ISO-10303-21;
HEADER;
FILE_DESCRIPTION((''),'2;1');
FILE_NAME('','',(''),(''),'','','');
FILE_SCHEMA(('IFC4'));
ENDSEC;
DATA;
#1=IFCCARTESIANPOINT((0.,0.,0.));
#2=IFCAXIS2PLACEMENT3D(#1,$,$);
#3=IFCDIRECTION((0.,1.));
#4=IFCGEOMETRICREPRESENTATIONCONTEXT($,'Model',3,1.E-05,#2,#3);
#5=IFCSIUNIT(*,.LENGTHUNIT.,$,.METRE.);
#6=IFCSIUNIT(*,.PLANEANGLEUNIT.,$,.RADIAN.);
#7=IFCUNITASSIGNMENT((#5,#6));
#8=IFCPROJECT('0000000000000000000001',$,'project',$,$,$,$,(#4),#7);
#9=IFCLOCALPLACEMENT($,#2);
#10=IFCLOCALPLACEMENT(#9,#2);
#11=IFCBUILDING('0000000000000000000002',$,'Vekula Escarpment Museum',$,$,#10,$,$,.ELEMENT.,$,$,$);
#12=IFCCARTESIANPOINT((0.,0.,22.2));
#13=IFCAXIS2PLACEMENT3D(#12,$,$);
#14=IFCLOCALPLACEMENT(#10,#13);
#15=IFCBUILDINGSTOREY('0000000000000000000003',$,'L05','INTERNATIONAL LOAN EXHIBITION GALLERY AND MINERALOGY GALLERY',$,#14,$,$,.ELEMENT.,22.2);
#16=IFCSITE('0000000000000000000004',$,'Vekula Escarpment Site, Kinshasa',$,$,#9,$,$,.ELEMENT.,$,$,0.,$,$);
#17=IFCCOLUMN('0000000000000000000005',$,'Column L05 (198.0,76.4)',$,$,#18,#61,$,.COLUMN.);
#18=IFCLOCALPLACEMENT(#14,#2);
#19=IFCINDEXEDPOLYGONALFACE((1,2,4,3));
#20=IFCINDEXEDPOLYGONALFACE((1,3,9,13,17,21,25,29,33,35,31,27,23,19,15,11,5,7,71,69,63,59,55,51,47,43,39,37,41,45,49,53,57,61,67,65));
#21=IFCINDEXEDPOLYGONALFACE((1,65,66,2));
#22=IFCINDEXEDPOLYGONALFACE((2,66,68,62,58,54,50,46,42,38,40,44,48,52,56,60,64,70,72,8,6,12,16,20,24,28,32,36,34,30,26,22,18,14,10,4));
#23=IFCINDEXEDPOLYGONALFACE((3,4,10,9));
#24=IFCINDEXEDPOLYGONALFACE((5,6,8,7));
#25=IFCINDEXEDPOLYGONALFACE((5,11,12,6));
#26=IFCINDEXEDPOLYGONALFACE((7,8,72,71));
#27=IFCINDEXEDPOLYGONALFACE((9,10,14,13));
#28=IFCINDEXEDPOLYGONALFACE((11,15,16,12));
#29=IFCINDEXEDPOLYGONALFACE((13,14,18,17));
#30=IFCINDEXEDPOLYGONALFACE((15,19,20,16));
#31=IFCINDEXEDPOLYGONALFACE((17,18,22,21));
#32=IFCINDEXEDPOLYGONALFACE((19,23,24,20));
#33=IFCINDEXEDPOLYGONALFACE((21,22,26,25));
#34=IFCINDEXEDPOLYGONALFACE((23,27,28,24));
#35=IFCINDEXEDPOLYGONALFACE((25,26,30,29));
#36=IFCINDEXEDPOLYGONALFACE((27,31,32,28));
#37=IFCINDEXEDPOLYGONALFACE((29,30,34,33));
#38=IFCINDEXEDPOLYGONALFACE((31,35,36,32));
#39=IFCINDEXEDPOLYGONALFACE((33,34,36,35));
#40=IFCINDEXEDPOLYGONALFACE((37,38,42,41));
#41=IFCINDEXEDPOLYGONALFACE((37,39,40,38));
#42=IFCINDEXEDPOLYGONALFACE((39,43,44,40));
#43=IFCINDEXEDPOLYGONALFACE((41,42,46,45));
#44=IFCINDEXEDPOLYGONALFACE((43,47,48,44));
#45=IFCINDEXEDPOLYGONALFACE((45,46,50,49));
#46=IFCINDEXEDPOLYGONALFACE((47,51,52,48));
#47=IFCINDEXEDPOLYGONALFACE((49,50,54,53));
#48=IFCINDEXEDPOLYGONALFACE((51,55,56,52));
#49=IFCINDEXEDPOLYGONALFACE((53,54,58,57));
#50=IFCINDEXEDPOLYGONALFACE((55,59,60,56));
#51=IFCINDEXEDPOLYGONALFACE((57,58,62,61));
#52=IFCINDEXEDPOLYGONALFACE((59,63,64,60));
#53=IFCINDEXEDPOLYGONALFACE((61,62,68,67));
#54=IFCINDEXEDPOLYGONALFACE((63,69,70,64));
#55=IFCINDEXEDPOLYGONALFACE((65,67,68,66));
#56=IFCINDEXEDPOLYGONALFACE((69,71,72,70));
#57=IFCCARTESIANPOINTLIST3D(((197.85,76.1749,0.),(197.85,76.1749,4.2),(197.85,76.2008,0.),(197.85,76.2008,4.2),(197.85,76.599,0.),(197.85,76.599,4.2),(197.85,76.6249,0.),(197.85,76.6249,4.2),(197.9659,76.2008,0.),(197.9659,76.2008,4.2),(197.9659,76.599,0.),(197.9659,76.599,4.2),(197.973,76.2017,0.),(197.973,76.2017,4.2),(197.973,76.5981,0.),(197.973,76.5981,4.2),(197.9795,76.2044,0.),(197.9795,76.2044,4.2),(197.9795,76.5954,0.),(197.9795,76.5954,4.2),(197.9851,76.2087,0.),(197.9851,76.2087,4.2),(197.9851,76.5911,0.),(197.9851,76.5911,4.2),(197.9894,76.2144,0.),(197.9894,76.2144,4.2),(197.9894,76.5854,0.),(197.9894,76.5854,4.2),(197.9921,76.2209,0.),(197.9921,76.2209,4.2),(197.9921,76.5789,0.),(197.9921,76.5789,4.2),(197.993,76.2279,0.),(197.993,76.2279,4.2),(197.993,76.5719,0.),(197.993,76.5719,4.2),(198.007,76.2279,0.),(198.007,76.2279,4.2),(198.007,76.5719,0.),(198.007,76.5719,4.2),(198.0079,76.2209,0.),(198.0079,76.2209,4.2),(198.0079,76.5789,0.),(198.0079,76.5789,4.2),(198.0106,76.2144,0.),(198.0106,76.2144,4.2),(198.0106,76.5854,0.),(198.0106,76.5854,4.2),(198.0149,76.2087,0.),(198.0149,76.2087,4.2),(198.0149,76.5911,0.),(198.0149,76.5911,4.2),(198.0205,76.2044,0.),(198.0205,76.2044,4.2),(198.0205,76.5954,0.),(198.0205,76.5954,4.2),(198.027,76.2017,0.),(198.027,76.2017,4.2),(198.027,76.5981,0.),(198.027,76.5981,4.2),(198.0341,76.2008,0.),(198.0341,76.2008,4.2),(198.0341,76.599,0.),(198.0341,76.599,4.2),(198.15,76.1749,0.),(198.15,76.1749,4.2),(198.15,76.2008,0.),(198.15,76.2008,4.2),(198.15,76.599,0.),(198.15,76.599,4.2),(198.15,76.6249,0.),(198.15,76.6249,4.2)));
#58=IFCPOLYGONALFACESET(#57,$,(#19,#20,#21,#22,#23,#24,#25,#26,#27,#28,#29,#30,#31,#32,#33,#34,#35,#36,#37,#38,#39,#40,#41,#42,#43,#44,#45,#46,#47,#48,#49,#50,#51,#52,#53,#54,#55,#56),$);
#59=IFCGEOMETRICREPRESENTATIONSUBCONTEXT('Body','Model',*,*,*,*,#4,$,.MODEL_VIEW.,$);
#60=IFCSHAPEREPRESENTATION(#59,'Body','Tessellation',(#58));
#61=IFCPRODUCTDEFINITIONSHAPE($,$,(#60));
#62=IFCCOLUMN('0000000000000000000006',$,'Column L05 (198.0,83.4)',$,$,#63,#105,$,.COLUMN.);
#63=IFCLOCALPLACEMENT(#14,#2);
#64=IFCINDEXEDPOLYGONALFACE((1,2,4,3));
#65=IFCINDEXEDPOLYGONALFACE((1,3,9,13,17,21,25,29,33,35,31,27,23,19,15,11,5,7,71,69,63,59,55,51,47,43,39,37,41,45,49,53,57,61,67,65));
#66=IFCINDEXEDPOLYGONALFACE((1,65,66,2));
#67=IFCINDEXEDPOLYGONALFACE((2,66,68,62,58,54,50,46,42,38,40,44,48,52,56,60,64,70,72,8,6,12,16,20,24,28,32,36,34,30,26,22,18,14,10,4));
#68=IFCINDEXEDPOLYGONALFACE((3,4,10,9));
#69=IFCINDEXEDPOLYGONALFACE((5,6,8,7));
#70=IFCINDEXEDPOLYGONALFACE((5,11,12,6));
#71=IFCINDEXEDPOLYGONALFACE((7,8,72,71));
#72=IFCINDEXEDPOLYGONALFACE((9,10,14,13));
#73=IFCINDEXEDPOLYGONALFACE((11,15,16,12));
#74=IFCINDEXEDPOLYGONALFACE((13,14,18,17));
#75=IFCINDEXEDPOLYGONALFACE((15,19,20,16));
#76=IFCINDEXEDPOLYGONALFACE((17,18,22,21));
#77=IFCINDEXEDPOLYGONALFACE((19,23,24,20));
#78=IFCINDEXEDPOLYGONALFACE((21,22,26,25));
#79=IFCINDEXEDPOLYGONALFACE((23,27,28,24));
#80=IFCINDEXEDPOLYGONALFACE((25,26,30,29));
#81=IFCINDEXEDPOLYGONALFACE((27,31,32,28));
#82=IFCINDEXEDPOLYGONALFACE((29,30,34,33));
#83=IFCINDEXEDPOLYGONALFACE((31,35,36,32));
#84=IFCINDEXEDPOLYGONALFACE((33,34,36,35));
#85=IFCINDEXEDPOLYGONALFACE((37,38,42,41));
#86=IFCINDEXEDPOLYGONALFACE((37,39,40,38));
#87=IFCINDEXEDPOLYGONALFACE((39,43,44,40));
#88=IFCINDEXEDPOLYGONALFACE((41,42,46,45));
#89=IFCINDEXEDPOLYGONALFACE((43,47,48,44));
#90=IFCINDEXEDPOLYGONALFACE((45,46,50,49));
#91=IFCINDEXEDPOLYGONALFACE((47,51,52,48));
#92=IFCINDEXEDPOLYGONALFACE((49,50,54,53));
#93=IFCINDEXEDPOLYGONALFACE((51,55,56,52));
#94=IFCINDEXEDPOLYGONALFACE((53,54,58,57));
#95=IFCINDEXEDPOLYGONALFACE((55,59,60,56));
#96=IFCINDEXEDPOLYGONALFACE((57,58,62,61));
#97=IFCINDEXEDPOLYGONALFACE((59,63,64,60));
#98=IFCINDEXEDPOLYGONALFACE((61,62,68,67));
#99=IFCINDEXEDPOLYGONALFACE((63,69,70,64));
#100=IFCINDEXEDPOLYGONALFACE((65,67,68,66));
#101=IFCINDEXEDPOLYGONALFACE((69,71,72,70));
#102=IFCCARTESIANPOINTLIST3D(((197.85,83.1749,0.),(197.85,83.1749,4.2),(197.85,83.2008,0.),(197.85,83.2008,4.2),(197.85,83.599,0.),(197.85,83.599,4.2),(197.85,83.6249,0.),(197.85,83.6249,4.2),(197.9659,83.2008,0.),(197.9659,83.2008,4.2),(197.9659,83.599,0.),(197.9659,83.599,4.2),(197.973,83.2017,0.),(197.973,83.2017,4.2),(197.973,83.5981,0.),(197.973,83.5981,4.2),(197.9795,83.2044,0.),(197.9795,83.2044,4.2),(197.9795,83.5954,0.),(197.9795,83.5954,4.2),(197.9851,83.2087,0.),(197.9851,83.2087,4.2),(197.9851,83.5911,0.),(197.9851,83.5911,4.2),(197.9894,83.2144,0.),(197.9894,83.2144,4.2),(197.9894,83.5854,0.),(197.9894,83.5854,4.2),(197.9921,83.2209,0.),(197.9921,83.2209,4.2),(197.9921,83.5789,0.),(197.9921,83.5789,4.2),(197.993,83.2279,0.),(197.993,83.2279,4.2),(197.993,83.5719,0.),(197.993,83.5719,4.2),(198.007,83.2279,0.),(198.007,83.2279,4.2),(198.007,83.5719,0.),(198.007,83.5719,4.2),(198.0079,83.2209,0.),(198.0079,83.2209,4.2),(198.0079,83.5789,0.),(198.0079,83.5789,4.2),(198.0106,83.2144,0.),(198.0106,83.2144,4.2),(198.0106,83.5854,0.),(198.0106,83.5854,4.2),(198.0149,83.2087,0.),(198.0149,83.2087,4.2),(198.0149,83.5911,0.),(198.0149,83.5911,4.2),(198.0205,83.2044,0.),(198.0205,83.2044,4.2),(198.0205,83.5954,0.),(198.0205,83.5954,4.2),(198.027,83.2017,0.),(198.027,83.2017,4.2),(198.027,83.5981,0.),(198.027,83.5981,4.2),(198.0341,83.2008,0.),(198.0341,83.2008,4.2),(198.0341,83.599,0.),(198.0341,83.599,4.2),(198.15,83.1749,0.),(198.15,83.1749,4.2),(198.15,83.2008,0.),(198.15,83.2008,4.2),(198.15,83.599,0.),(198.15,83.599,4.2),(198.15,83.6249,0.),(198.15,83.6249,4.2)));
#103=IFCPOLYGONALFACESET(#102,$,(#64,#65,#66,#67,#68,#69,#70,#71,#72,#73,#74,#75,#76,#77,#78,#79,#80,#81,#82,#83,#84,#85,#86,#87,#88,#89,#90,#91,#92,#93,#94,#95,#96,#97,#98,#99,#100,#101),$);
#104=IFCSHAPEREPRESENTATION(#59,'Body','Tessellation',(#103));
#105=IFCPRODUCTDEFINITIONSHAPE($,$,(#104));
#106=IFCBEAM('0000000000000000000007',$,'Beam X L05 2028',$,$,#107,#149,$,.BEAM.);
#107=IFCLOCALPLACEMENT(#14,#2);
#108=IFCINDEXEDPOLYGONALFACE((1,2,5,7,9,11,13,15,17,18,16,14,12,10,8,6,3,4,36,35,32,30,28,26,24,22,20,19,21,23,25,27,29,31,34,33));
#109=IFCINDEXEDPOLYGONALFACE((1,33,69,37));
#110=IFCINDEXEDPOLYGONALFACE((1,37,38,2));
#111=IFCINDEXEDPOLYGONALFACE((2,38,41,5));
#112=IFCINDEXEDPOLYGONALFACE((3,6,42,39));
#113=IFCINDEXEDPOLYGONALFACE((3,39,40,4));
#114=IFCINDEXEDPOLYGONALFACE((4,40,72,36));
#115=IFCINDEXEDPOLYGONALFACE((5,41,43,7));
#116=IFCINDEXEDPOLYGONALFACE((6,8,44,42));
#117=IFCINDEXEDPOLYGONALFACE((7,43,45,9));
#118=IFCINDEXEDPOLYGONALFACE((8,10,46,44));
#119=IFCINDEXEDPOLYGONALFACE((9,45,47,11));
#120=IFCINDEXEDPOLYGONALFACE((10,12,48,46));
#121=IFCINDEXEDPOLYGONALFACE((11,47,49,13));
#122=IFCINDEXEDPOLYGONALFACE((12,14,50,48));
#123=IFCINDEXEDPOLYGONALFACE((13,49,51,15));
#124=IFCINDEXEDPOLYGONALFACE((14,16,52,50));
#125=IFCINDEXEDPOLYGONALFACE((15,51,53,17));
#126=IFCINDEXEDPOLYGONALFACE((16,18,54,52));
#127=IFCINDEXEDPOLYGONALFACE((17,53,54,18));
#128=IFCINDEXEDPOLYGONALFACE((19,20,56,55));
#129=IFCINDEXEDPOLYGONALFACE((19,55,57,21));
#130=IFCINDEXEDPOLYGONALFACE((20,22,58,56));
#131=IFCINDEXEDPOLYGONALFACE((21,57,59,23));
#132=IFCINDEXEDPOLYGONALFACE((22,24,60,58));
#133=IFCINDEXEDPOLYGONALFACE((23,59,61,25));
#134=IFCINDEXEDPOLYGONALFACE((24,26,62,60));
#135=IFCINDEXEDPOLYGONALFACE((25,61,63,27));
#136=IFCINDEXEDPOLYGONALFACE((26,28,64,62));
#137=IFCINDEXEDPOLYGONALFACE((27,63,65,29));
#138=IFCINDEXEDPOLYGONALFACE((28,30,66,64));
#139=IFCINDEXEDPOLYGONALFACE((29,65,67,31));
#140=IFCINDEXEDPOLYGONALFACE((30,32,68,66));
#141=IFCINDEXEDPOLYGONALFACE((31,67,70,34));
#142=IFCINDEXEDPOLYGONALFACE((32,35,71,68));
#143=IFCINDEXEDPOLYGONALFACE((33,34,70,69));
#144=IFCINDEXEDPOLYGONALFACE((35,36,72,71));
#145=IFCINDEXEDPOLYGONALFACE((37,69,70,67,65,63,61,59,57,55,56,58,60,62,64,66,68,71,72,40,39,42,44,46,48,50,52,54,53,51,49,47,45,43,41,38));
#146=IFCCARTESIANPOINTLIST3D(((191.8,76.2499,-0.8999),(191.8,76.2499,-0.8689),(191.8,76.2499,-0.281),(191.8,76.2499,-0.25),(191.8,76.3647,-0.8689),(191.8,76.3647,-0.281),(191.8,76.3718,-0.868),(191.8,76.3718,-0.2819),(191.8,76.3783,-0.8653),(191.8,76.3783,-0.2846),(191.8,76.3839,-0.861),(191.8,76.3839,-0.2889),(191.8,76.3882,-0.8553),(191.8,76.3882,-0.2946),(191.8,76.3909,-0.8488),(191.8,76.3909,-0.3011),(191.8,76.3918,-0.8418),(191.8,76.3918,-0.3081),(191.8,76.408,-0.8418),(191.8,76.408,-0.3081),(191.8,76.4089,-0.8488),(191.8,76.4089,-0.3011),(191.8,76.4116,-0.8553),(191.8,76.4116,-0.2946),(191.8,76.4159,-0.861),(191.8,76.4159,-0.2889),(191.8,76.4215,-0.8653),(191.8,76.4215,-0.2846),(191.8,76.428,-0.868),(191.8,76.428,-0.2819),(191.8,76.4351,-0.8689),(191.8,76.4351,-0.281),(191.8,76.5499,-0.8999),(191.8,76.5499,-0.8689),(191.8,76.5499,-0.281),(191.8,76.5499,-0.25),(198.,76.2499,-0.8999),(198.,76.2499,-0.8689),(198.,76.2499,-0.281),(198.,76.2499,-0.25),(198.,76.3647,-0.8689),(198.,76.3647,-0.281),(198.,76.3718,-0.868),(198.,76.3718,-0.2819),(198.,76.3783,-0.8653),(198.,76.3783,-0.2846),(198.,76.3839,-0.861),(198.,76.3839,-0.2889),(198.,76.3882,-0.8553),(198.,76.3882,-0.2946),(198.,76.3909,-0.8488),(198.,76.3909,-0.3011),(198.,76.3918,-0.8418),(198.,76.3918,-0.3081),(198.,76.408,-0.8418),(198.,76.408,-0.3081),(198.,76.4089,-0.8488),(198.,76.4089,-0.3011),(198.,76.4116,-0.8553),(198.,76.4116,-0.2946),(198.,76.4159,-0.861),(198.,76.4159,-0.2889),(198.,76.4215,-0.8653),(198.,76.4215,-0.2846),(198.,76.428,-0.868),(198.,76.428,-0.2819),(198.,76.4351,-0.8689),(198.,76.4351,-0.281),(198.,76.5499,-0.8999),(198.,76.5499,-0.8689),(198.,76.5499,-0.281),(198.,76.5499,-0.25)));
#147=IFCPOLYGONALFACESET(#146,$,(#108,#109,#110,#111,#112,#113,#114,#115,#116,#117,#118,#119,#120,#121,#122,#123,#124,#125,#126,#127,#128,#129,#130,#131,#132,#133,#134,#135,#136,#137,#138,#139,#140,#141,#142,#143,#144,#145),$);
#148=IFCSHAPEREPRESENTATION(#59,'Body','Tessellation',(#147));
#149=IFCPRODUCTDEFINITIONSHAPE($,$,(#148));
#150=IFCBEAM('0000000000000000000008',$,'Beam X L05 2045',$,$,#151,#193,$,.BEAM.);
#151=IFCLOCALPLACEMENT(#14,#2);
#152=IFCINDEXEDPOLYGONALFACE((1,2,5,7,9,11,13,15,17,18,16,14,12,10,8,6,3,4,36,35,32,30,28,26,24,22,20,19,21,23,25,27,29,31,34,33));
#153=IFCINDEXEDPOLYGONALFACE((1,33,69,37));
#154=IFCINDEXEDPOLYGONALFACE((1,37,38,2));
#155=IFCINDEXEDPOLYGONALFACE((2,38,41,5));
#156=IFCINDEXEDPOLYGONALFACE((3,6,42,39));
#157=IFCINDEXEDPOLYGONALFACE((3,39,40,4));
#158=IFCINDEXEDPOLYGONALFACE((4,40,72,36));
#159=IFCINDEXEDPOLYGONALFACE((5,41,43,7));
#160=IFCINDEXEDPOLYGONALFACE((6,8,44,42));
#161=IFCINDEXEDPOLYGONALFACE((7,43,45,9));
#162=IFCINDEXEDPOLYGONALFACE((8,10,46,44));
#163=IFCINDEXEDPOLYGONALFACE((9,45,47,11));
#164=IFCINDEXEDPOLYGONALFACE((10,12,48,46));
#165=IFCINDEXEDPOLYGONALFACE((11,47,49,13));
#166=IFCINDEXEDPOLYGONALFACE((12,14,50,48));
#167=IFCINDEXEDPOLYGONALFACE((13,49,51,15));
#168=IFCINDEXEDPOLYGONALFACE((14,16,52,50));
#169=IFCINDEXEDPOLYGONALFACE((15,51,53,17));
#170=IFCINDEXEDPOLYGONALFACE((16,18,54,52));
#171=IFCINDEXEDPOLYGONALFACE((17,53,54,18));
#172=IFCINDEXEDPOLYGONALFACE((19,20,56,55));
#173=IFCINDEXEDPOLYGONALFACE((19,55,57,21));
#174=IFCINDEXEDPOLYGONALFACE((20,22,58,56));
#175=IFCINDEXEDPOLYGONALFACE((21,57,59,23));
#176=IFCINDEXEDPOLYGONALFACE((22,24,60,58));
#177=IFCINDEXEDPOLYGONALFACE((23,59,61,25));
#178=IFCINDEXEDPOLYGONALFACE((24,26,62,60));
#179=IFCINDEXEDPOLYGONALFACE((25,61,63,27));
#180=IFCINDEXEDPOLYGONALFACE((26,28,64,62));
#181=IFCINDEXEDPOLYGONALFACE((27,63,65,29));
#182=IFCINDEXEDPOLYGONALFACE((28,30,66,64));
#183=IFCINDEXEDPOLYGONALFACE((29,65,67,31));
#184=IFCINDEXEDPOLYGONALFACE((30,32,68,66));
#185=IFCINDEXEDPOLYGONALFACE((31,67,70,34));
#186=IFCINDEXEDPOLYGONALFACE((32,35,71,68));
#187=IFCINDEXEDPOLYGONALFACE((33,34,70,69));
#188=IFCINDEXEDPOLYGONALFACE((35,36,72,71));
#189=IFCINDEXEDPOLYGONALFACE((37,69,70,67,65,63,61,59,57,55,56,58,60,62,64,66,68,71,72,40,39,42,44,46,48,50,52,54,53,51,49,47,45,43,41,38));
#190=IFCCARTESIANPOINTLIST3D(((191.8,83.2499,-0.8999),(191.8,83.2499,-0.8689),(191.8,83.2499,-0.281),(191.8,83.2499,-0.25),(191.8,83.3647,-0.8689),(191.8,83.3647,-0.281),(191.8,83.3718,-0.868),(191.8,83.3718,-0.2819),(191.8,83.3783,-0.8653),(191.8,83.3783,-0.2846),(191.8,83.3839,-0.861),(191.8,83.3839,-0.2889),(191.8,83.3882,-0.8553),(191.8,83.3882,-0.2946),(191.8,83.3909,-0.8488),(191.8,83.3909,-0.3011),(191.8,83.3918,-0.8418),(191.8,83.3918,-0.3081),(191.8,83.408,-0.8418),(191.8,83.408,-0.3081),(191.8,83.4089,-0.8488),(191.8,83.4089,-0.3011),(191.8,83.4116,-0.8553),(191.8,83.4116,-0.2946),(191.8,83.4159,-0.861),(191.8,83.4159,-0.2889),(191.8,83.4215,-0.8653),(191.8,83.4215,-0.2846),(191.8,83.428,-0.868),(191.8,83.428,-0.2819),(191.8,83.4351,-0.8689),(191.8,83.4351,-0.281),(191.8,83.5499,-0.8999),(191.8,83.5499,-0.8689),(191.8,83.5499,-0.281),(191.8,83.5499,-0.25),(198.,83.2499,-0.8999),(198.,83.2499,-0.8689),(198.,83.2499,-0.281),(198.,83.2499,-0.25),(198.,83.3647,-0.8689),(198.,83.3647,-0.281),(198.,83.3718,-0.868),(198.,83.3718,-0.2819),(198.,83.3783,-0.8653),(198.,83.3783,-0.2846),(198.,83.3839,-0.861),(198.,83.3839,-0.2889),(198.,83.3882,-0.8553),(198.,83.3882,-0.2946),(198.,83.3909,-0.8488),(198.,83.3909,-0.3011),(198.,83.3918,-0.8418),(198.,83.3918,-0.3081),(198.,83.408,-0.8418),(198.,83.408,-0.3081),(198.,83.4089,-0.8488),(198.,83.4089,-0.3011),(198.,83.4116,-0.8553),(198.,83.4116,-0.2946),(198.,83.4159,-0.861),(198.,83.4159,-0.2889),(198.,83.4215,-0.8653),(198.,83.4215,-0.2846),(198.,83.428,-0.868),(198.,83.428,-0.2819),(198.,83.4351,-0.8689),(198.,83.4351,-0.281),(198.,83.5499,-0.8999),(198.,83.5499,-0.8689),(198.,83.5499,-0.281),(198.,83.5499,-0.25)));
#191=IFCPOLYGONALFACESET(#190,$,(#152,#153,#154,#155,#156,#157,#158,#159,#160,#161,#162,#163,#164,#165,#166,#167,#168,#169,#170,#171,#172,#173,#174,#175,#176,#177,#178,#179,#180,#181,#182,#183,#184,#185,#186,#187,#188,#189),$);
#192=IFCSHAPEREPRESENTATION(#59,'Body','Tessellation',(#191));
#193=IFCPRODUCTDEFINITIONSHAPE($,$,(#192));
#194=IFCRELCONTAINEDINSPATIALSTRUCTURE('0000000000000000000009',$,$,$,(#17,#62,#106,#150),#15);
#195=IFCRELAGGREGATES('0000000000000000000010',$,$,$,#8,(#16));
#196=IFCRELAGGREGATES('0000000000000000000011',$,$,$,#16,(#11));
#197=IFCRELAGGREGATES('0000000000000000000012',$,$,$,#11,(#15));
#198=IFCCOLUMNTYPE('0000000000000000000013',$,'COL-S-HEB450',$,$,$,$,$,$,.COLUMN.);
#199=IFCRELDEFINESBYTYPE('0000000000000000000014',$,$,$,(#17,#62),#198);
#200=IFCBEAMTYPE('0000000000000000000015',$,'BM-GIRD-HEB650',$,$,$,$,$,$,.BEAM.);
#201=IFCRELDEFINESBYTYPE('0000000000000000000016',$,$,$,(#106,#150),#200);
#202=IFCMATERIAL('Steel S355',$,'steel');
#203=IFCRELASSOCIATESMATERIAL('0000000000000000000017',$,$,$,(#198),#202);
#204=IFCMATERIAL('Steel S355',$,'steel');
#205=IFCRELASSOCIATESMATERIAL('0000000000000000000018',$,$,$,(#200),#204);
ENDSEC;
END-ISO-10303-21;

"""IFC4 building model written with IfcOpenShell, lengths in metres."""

from ifc_helpers import new_model, si_unit, direction, frame, origin, origin_2d, place, context, subcontext, project, spatial, i_section, extrude, material, material_profile, profile_set, type_object, element, save


model = new_model("IFC4")

# Units and contexts
model_context = context("Model", 3, precision=1e-05, world=origin(), true_north=direction((0.0, 1.0)))
body_context = subcontext(model_context, "Body", "Model", "MODEL_VIEW")
ifc_project = project(units=[si_unit("LENGTHUNIT", "METRE"), si_unit("PLANEANGLEUNIT", "RADIAN")], contexts=[model_context])

# Site, building, storey
site_placement = place(None, origin())
site = spatial("IfcSite", under=ifc_project, at=site_placement, Name="Vekula Escarpment Site, Kinshasa", CompositionType="ELEMENT", RefElevation=0.0)
building_placement = place(site_placement, origin())
building = spatial("IfcBuilding", under=site, at=building_placement, Name="Vekula Escarpment Museum", CompositionType="ELEMENT")
storey_placement = place(building_placement, frame((0.0, 0.0, 22.2)))
storey = spatial("IfcBuildingStorey", under=building, at=storey_placement, Name="L05", Description="INTERNATIONAL LOAN EXHIBITION GALLERY AND MINERALOGY GALLERY", CompositionType="ELEMENT", Elevation=22.2)

# Columns
ifc_material_1 = material(Name="Steel S355", Category="steel")
ifc_material_profile_1 = material_profile(ifc_material_1, i_section(OverallWidth=0.3, OverallDepth=0.45, WebThickness=0.0139, FlangeThickness=0.0259, FilletRadius=0.0271, at=origin_2d()), Name="HEB 450")
ifc_profile_set_1 = profile_set([ifc_material_profile_1], Name="Steel S355")
column_type = type_object("IfcColumnType", Name="COL-S-HEB450", PredefinedType="COLUMN", material=ifc_profile_set_1)
for number, where, z_axis, x_axis, name in (
    (1, (198.0, 76.3999, 0.0), (0.0, 0.0, 1.0), (1.0, 0.0, 0.0), "Column L05 (198.0,76.4)"),
    (2, (198.0, 83.3999, 0.0), (0.0, 0.0, 1.0), (1.0, 0.0, 0.0), "Column L05 (198.0,83.4)"),
):
    element("IfcColumn", number, at=place(storey_placement, frame(where, z_axis=z_axis, x_axis=x_axis)), inside=storey, type_object=column_type, Name=name, PredefinedType="COLUMN", context=body_context, shape_type="SweptSolid", body=[
        extrude(i_section(OverallWidth=0.3, OverallDepth=0.45, WebThickness=0.0139, FlangeThickness=0.0259, FilletRadius=0.0271, at=origin_2d()), origin(), (0.0, 0.0, 1.0), 4.2),
    ])

# Beams
ifc_material_2 = material(Name="Steel S355", Category="steel")
ifc_material_profile_2 = material_profile(ifc_material_2, i_section(OverallWidth=0.3, OverallDepth=0.6499, WebThickness=0.0161, FlangeThickness=0.031, FilletRadius=0.0271, at=origin_2d()), Name="HEB 650")
ifc_profile_set_2 = profile_set([ifc_material_profile_2], Name="Steel S355")
beam_type_1 = type_object("IfcBeamType", Name="BM-GIRD-HEB650", PredefinedType="BEAM", material=ifc_profile_set_2)
for number, where, z_axis, x_axis, name in (
    (3, (191.8, 76.3999, -0.575), (1.0, 0.0, 0.0), (0.0, 1.0, 0.0), "Beam X L05 2028"),
    (4, (191.8, 83.3999, -0.575), (1.0, 0.0, 0.0), (0.0, 1.0, 0.0), "Beam X L05 2045"),
):
    element("IfcBeam", number, at=place(storey_placement, frame(where, z_axis=z_axis, x_axis=x_axis)), inside=storey, type_object=beam_type_1, Name=name, PredefinedType="BEAM", context=body_context, shape_type="SweptSolid", body=[
        extrude(i_section(OverallWidth=0.3, OverallDepth=0.6499, WebThickness=0.0161, FlangeThickness=0.031, FilletRadius=0.0271, at=origin_2d()), origin(), (0.0, 0.0, 1.0), 6.2),
    ])

save(model, "model.ifc")
